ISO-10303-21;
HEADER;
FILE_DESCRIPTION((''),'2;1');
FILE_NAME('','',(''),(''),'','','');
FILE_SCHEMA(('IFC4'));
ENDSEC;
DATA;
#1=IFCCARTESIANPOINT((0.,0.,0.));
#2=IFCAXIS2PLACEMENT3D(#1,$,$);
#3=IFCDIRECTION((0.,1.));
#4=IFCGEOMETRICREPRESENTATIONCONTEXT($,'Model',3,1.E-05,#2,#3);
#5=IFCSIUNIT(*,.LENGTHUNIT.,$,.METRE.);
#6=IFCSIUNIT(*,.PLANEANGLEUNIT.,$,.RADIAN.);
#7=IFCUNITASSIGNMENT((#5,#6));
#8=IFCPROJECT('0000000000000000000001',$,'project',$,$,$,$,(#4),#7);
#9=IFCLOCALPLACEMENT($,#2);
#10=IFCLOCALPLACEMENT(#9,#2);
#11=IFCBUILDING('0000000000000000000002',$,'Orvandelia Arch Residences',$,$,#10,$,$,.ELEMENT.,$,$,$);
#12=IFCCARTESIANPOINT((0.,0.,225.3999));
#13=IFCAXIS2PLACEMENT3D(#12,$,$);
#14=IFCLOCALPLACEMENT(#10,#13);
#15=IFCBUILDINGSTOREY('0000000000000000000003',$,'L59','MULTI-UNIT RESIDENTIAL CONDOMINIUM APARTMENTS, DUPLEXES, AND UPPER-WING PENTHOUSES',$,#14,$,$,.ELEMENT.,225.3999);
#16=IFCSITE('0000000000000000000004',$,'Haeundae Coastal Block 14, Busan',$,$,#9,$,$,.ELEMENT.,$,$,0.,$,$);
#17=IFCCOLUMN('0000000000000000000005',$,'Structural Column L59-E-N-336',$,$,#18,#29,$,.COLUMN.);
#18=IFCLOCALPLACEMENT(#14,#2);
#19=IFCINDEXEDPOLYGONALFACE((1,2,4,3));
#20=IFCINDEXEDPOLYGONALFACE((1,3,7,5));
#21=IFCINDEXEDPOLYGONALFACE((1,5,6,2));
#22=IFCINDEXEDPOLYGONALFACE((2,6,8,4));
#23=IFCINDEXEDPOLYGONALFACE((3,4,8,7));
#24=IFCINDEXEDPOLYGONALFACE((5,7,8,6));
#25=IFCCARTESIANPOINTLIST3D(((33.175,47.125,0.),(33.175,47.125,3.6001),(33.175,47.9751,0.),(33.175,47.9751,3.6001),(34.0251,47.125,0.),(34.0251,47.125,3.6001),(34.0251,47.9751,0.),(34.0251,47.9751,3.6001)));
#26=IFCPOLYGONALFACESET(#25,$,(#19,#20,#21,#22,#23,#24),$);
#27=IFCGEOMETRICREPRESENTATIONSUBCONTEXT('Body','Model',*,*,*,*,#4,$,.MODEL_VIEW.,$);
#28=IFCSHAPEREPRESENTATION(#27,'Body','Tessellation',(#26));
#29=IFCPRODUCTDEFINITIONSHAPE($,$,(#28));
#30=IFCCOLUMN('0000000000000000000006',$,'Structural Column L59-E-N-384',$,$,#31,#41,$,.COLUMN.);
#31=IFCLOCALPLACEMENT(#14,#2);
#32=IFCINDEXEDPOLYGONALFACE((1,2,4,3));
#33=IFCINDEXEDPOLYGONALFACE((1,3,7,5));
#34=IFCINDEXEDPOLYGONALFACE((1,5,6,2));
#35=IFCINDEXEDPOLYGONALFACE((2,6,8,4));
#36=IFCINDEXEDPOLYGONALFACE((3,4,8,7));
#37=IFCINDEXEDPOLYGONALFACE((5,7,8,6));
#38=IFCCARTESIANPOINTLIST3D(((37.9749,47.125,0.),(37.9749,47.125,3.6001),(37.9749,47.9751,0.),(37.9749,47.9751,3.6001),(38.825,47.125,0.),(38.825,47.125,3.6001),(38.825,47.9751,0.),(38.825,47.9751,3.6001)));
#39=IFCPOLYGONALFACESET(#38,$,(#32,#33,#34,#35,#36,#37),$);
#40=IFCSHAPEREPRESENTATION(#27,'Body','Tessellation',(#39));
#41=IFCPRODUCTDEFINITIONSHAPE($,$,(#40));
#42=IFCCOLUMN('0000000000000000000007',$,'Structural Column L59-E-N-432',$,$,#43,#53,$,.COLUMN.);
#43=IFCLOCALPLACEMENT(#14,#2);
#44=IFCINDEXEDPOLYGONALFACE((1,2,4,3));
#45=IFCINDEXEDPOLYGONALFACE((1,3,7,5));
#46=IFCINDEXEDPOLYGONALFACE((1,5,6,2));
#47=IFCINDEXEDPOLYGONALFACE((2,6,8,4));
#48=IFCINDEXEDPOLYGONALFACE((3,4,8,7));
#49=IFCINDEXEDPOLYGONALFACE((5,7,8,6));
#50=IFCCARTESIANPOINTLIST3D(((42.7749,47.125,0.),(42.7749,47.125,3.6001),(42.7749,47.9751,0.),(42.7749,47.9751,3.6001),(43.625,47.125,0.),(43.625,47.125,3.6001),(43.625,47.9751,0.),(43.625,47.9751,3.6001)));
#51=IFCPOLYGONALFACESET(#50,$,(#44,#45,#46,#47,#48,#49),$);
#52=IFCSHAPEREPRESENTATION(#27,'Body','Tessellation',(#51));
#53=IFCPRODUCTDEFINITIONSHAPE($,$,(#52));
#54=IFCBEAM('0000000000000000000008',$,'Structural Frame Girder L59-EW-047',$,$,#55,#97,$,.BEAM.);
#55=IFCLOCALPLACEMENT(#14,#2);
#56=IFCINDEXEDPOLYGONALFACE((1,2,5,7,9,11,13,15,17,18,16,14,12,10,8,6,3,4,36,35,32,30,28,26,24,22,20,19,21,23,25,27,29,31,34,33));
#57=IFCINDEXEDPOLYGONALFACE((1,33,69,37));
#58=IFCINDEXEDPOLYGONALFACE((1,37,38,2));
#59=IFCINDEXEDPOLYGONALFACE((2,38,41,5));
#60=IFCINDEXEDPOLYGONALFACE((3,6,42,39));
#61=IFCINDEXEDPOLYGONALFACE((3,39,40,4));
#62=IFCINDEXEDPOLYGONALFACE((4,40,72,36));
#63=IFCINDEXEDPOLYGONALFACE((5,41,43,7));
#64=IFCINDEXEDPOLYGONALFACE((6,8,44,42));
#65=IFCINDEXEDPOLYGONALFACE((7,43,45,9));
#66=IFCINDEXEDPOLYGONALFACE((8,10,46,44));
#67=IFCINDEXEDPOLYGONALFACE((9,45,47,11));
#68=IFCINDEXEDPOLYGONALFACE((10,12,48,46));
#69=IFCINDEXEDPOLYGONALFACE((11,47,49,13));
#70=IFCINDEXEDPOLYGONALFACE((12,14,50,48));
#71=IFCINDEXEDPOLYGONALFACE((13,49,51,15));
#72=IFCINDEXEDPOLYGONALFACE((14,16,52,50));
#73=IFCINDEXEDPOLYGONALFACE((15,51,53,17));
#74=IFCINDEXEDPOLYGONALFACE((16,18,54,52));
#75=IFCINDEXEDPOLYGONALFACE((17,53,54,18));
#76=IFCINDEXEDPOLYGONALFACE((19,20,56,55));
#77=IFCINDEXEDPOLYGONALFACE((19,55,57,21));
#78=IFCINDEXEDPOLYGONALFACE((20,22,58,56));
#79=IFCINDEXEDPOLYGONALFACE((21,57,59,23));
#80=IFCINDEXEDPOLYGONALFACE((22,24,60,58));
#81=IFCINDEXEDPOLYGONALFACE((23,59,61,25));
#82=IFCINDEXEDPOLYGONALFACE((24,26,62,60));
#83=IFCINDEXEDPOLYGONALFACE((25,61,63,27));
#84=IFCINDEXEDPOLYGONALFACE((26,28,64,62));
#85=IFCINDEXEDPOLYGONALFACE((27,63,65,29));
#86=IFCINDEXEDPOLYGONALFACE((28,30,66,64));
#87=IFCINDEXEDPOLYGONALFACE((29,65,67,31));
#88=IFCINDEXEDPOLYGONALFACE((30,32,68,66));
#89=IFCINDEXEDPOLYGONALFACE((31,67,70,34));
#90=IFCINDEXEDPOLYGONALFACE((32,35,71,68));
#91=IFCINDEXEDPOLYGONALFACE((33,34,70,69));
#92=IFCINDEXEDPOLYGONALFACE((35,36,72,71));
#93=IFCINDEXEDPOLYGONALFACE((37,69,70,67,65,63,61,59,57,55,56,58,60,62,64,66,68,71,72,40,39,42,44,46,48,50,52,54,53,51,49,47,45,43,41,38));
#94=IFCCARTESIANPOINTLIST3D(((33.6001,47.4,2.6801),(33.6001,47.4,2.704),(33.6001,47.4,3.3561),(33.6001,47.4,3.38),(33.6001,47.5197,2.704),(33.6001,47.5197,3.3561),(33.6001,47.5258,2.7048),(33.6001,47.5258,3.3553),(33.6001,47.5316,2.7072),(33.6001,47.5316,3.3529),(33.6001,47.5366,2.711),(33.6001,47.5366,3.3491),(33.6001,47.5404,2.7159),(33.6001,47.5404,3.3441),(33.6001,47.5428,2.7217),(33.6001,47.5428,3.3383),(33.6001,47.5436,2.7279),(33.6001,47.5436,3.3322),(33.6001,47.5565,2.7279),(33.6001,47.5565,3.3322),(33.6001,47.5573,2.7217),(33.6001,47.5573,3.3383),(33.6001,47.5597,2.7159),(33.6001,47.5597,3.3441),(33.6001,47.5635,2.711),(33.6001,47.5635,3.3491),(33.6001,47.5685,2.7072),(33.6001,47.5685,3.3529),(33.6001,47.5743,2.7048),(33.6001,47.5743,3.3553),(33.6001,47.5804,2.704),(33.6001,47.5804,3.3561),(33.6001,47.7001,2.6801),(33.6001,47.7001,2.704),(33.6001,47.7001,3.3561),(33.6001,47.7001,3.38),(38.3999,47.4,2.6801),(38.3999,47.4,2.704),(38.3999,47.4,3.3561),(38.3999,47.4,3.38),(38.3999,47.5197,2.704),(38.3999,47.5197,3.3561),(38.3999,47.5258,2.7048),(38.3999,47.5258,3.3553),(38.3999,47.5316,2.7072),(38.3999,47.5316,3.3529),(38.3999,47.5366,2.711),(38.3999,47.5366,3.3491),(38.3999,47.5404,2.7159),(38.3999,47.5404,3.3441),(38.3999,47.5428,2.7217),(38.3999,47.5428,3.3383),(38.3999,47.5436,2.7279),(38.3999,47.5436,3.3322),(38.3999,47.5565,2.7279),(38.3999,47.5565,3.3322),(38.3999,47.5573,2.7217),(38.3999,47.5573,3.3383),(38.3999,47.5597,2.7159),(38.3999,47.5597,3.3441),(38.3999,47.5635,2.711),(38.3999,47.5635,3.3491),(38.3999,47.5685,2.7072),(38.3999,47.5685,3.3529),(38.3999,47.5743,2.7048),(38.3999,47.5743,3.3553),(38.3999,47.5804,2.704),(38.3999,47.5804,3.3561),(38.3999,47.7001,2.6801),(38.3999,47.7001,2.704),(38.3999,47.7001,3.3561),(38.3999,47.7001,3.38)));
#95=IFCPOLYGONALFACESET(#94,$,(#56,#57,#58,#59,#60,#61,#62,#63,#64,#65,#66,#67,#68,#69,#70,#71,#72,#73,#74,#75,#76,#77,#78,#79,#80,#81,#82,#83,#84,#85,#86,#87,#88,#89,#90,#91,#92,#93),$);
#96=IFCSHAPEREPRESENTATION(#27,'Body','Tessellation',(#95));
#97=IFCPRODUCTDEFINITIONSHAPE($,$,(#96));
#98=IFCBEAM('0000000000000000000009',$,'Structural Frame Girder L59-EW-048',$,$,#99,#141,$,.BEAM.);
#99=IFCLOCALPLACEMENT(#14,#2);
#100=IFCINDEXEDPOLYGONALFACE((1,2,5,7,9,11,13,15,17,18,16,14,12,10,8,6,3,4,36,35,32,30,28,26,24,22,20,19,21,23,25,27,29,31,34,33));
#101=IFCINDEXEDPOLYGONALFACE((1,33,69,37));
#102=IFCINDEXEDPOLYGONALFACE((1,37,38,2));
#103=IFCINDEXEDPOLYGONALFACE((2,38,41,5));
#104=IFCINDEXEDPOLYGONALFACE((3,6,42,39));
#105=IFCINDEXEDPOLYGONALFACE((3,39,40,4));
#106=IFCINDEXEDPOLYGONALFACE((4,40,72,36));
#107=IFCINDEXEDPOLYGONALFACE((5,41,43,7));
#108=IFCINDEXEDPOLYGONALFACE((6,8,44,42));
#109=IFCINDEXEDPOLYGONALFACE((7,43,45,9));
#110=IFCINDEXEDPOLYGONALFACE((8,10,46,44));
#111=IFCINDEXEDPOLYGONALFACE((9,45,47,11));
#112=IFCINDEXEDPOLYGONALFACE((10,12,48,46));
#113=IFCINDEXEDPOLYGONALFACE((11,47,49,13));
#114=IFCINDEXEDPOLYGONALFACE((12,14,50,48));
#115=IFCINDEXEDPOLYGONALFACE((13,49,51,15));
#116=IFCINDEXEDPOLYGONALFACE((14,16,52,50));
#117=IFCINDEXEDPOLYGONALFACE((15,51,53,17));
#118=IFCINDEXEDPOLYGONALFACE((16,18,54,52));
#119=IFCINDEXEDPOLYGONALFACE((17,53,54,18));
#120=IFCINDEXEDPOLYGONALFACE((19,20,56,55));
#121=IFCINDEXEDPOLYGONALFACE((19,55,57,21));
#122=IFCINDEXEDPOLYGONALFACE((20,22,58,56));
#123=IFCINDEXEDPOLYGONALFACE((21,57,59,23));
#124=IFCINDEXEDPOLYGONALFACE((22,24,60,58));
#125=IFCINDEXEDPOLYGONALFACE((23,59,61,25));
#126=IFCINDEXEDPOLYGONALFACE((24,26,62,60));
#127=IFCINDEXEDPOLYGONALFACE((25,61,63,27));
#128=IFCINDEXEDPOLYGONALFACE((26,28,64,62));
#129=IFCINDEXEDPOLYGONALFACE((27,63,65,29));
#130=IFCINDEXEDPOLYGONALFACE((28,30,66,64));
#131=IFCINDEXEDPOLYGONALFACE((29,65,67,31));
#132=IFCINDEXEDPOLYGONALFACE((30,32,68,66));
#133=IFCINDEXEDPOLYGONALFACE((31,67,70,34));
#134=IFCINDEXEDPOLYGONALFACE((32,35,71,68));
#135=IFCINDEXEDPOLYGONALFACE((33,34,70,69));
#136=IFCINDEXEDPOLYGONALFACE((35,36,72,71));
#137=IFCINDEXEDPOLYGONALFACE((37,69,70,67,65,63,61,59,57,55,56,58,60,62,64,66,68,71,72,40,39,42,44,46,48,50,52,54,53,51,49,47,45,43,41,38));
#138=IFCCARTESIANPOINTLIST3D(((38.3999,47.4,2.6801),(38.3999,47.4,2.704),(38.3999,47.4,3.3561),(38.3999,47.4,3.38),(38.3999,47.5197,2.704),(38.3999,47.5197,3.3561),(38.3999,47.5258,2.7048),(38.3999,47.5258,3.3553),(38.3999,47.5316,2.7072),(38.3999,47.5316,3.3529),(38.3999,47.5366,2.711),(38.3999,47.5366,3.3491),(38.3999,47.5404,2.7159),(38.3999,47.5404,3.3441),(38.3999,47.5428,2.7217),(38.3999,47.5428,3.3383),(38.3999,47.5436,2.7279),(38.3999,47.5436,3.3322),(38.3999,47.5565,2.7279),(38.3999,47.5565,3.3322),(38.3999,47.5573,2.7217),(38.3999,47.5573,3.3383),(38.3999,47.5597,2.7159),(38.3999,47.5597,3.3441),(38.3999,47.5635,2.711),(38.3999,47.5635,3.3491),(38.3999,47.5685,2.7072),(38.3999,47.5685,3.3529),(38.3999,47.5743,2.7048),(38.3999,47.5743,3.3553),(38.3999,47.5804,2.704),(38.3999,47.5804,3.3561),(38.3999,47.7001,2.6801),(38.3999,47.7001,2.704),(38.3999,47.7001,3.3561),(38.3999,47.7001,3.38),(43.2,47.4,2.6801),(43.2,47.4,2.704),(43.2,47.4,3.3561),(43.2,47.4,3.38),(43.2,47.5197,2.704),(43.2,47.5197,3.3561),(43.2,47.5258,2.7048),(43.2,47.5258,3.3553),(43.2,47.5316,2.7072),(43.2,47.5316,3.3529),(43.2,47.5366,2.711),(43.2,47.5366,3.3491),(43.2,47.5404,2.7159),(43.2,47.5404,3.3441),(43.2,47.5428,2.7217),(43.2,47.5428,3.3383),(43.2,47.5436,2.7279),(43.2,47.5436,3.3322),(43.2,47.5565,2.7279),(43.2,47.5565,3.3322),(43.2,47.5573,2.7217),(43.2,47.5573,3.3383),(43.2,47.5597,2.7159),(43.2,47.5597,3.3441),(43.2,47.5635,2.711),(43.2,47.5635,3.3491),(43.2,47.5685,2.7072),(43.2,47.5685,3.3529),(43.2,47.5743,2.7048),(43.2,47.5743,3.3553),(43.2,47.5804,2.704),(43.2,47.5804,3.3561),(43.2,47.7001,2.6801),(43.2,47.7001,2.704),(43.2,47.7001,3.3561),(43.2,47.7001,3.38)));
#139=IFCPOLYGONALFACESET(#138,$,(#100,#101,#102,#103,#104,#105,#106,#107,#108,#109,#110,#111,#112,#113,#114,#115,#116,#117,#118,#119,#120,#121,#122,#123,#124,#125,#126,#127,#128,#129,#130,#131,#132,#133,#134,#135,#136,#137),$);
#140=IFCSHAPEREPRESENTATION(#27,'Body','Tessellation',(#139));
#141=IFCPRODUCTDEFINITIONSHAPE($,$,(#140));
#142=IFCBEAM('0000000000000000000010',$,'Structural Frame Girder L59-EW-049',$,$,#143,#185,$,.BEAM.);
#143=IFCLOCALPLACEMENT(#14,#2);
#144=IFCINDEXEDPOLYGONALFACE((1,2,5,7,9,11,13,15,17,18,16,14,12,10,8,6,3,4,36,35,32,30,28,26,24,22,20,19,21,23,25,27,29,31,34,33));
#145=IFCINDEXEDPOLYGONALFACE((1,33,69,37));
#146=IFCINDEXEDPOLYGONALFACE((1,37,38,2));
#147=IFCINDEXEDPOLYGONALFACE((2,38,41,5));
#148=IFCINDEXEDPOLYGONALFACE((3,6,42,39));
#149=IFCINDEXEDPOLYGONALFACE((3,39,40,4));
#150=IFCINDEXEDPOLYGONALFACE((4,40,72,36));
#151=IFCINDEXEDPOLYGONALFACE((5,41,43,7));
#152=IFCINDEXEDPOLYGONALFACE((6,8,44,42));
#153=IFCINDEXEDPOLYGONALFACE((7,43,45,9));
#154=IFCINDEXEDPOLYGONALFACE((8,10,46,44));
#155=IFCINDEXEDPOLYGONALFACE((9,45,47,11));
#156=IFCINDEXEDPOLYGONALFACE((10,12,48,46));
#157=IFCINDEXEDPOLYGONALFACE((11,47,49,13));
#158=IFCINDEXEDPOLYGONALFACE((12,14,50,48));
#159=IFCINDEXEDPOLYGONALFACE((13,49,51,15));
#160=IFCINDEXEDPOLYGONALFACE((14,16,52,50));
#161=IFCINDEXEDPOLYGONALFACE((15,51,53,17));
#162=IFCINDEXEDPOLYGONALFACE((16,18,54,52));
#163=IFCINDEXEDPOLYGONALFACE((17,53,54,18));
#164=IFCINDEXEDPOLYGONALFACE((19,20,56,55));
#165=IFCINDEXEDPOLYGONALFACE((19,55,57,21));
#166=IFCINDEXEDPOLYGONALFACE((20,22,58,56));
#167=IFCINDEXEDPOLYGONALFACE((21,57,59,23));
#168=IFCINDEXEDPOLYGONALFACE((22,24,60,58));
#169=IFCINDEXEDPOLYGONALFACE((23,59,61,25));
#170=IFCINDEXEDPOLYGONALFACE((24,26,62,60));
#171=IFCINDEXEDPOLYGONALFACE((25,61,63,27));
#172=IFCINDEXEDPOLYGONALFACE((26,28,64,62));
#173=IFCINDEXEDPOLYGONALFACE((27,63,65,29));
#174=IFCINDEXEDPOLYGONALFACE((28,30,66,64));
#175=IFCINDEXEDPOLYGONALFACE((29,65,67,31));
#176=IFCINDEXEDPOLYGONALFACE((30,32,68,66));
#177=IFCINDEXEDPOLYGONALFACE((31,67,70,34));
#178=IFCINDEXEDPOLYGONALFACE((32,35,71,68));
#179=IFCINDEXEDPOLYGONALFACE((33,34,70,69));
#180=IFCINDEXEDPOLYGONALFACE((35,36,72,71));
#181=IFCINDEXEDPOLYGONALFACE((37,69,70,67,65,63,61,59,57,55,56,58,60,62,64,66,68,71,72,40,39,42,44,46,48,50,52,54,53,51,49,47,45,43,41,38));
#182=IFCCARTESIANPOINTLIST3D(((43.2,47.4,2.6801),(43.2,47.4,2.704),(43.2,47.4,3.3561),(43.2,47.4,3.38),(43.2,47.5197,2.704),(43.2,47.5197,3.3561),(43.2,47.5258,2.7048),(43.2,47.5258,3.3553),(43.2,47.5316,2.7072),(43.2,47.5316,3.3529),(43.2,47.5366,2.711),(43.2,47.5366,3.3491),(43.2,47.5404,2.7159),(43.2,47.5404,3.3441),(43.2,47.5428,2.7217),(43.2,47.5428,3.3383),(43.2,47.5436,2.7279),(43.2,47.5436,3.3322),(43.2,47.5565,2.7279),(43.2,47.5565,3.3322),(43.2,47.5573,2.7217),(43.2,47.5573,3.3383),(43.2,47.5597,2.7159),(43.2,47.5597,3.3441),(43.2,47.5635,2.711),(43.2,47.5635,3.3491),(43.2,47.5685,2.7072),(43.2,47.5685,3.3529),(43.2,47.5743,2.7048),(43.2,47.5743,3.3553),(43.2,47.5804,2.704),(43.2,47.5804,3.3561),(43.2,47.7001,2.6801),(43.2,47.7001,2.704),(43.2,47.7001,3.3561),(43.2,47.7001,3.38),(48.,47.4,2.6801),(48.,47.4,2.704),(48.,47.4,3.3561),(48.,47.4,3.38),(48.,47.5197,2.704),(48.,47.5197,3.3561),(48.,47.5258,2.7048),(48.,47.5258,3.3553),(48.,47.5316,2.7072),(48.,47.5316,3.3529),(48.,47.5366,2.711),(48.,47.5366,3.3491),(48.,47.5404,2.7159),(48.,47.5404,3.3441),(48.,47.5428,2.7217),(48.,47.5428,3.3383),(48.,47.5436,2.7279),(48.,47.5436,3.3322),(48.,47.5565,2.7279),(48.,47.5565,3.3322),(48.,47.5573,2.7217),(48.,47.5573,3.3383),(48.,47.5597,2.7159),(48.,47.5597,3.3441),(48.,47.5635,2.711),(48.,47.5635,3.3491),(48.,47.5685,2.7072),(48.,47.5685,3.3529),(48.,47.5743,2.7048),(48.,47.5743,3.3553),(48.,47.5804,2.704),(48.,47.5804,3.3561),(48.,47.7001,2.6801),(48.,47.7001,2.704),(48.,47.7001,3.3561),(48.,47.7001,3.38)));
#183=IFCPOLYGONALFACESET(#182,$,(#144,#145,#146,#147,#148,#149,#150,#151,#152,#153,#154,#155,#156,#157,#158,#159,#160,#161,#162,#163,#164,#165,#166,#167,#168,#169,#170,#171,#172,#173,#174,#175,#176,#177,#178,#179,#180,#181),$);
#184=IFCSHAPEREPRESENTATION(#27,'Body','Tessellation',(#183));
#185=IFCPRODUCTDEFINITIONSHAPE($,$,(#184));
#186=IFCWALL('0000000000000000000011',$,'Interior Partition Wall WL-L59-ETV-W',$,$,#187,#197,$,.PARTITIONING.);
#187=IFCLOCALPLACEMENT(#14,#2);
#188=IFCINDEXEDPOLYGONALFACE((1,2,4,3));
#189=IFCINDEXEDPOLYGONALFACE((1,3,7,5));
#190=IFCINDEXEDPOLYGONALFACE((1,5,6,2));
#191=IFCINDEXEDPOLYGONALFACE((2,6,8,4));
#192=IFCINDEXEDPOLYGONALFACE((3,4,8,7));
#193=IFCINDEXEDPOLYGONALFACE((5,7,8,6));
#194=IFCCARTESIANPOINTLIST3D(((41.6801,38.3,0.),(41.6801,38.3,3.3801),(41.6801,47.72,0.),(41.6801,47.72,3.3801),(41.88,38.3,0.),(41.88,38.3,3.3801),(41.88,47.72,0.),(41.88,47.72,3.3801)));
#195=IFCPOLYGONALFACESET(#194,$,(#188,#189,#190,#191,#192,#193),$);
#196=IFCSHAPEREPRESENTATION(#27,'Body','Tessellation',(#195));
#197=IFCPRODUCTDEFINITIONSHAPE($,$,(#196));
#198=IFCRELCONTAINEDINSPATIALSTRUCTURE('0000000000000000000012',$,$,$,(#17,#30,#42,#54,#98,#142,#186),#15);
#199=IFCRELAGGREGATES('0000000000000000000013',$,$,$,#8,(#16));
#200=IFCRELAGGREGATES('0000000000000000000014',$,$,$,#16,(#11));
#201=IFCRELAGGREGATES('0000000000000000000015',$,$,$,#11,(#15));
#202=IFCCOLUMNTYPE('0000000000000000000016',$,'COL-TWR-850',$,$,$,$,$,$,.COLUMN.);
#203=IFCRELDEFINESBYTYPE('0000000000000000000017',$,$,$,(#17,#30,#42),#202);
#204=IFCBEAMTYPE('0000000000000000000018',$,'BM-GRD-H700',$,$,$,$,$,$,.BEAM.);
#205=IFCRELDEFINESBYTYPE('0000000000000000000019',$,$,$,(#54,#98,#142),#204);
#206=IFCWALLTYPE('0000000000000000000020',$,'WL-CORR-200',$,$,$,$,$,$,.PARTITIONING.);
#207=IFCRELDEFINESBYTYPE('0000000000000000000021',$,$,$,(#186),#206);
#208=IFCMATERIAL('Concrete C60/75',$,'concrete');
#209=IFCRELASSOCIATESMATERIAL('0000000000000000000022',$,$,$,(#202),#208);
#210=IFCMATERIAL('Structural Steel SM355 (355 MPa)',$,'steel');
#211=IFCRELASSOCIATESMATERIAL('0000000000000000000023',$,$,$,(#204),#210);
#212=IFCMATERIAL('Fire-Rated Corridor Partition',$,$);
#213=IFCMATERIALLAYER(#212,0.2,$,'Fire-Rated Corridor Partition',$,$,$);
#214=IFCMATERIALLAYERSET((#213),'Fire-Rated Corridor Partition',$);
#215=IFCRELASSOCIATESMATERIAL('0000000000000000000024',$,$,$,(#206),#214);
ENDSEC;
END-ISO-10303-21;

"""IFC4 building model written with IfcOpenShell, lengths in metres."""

from ifc_helpers import new_model, si_unit, direction, frame, frame_2d, origin, origin_2d, place, context, subcontext, project, spatial, rectangle, i_section, extrude, material, layer, layer_set, material_profile, profile_set, type_object, element, save


model = new_model("IFC4")

# Units and contexts
model_context = context("Model", 3, precision=1e-05, world=origin(), true_north=direction((0.0, 1.0)))
body_context = subcontext(model_context, "Body", "Model", "MODEL_VIEW")
ifc_project = project(units=[si_unit("LENGTHUNIT", "METRE"), si_unit("PLANEANGLEUNIT", "RADIAN")], contexts=[model_context])

# Site, building, storey
site_placement = place(None, origin())
site = spatial("IfcSite", under=ifc_project, at=site_placement, Name="Haeundae Coastal Block 14, Busan", CompositionType="ELEMENT", RefElevation=0.0)
building_placement = place(site_placement, origin())
building = spatial("IfcBuilding", under=site, at=building_placement, Name="Orvandelia Arch Residences", CompositionType="ELEMENT")
storey_placement = place(building_placement, frame((0.0, 0.0, 225.3999)))
storey = spatial("IfcBuildingStorey", under=building, at=storey_placement, Name="L59", Description="MULTI-UNIT RESIDENTIAL CONDOMINIUM APARTMENTS, DUPLEXES, AND UPPER-WING PENTHOUSES", CompositionType="ELEMENT", Elevation=225.3999)

# Columns
ifc_material_1 = material(Name="Concrete C60/75", Category="concrete")
ifc_material_profile_1 = material_profile(ifc_material_1, rectangle(XDim=0.8501, YDim=0.8501, at=origin_2d()), Name="Concrete C60/75", Category="concrete")
ifc_profile_set_1 = profile_set([ifc_material_profile_1], Name="Concrete C60/75")
column_type = type_object("IfcColumnType", Name="COL-TWR-850", PredefinedType="COLUMN", material=ifc_profile_set_1)
for number, where, z_axis, x_axis, name in (
    (1, (33.6001, 47.55, 0.0), (0.0, 0.0, 1.0), (1.0, 0.0, 0.0), "Structural Column L59-E-N-336"),
    (2, (38.3999, 47.55, 0.0), (0.0, 0.0, 1.0), (1.0, 0.0, 0.0), "Structural Column L59-E-N-384"),
    (3, (43.2, 47.55, 0.0), (0.0, 0.0, 1.0), (1.0, 0.0, 0.0), "Structural Column L59-E-N-432"),
):
    element("IfcColumn", number, at=place(storey_placement, frame(where, z_axis=z_axis, x_axis=x_axis)), inside=storey, type_object=column_type, Name=name, PredefinedType="COLUMN", context=body_context, shape_type="SweptSolid", body=[
        extrude(rectangle(XDim=0.8501, YDim=0.8501, at=origin_2d()), origin(), (0.0, 0.0, 1.0), 3.6001),
    ])

# Beams
ifc_material_2 = material(Name="Structural Steel SM355 (355 MPa)", Category="steel")
ifc_material_profile_2 = material_profile(ifc_material_2, i_section(OverallWidth=0.3, OverallDepth=0.7, WebThickness=0.0129, FlangeThickness=0.0239, FilletRadius=0.0239, at=origin_2d()), Name="Structural Steel SM355 (355 MPa)", Category="steel")
ifc_profile_set_2 = profile_set([ifc_material_profile_2], Name="Structural Steel SM355 (355 MPa)")
beam_type = type_object("IfcBeamType", Name="BM-GRD-H700", PredefinedType="BEAM", material=ifc_profile_set_2)
beam_placement = place(storey_placement, frame((33.6001, 47.55, 3.03), z_axis=(1.0, 0.0, 0.0), x_axis=(0.0, 1.0, 0.0)))
element("IfcBeam", 4, at=beam_placement, inside=storey, type_object=beam_type, Name="Structural Frame Girder L59-EW-047", PredefinedType="BEAM", context=body_context, shape_type="SweptSolid", body=[
    extrude(i_section(OverallWidth=0.3, OverallDepth=0.7, WebThickness=0.0129, FlangeThickness=0.0239, FilletRadius=0.0239, at=origin_2d()), origin(), (0.0, 0.0, 1.0), 4.7998),
])
for number, where, z_axis, x_axis, name in (
    (5, (38.3999, 47.55, 3.03), (1.0, 0.0, 0.0), (0.0, 1.0, 0.0), "Structural Frame Girder L59-EW-048"),
    (6, (43.2, 47.55, 3.03), (1.0, 0.0, 0.0), (0.0, 1.0, 0.0), "Structural Frame Girder L59-EW-049"),
):
    element("IfcBeam", number, at=place(storey_placement, frame(where, z_axis=z_axis, x_axis=x_axis)), inside=storey, type_object=beam_type, Name=name, PredefinedType="BEAM", context=body_context, shape_type="SweptSolid", body=[
        extrude(i_section(OverallWidth=0.3, OverallDepth=0.7, WebThickness=0.0129, FlangeThickness=0.0239, FilletRadius=0.0239, at=origin_2d()), origin(), (0.0, 0.0, 1.0), 4.8),
    ])

# Wall
ifc_material_3 = material(Name="Fire-Rated Corridor Partition")
ifc_layer_1 = layer(ifc_material_3, 0.2, Name="Fire-Rated Corridor Partition")
ifc_layer_set_1 = layer_set([ifc_layer_1], Name="Fire-Rated Corridor Partition")
wall_type_1 = type_object("IfcWallType", Name="WL-CORR-200", PredefinedType="PARTITIONING", material=ifc_layer_set_1)
wall_1_placement = place(storey_placement, frame((41.78, 38.3, 0.0), z_axis=(0.0, 0.0, 1.0), x_axis=(0.0, 1.0, 0.0)))
element("IfcWall", 7, at=wall_1_placement, inside=storey, type_object=wall_type_1, Name="Interior Partition Wall WL-L59-ETV-W", PredefinedType="PARTITIONING", context=body_context, shape_type="SweptSolid", body=[
    extrude(rectangle(XDim=9.4199, YDim=0.2, at=frame_2d((4.71, 0.0))), origin(), (0.0, 0.0, 1.0), 3.3801),
])

save(model, "model.ifc")
